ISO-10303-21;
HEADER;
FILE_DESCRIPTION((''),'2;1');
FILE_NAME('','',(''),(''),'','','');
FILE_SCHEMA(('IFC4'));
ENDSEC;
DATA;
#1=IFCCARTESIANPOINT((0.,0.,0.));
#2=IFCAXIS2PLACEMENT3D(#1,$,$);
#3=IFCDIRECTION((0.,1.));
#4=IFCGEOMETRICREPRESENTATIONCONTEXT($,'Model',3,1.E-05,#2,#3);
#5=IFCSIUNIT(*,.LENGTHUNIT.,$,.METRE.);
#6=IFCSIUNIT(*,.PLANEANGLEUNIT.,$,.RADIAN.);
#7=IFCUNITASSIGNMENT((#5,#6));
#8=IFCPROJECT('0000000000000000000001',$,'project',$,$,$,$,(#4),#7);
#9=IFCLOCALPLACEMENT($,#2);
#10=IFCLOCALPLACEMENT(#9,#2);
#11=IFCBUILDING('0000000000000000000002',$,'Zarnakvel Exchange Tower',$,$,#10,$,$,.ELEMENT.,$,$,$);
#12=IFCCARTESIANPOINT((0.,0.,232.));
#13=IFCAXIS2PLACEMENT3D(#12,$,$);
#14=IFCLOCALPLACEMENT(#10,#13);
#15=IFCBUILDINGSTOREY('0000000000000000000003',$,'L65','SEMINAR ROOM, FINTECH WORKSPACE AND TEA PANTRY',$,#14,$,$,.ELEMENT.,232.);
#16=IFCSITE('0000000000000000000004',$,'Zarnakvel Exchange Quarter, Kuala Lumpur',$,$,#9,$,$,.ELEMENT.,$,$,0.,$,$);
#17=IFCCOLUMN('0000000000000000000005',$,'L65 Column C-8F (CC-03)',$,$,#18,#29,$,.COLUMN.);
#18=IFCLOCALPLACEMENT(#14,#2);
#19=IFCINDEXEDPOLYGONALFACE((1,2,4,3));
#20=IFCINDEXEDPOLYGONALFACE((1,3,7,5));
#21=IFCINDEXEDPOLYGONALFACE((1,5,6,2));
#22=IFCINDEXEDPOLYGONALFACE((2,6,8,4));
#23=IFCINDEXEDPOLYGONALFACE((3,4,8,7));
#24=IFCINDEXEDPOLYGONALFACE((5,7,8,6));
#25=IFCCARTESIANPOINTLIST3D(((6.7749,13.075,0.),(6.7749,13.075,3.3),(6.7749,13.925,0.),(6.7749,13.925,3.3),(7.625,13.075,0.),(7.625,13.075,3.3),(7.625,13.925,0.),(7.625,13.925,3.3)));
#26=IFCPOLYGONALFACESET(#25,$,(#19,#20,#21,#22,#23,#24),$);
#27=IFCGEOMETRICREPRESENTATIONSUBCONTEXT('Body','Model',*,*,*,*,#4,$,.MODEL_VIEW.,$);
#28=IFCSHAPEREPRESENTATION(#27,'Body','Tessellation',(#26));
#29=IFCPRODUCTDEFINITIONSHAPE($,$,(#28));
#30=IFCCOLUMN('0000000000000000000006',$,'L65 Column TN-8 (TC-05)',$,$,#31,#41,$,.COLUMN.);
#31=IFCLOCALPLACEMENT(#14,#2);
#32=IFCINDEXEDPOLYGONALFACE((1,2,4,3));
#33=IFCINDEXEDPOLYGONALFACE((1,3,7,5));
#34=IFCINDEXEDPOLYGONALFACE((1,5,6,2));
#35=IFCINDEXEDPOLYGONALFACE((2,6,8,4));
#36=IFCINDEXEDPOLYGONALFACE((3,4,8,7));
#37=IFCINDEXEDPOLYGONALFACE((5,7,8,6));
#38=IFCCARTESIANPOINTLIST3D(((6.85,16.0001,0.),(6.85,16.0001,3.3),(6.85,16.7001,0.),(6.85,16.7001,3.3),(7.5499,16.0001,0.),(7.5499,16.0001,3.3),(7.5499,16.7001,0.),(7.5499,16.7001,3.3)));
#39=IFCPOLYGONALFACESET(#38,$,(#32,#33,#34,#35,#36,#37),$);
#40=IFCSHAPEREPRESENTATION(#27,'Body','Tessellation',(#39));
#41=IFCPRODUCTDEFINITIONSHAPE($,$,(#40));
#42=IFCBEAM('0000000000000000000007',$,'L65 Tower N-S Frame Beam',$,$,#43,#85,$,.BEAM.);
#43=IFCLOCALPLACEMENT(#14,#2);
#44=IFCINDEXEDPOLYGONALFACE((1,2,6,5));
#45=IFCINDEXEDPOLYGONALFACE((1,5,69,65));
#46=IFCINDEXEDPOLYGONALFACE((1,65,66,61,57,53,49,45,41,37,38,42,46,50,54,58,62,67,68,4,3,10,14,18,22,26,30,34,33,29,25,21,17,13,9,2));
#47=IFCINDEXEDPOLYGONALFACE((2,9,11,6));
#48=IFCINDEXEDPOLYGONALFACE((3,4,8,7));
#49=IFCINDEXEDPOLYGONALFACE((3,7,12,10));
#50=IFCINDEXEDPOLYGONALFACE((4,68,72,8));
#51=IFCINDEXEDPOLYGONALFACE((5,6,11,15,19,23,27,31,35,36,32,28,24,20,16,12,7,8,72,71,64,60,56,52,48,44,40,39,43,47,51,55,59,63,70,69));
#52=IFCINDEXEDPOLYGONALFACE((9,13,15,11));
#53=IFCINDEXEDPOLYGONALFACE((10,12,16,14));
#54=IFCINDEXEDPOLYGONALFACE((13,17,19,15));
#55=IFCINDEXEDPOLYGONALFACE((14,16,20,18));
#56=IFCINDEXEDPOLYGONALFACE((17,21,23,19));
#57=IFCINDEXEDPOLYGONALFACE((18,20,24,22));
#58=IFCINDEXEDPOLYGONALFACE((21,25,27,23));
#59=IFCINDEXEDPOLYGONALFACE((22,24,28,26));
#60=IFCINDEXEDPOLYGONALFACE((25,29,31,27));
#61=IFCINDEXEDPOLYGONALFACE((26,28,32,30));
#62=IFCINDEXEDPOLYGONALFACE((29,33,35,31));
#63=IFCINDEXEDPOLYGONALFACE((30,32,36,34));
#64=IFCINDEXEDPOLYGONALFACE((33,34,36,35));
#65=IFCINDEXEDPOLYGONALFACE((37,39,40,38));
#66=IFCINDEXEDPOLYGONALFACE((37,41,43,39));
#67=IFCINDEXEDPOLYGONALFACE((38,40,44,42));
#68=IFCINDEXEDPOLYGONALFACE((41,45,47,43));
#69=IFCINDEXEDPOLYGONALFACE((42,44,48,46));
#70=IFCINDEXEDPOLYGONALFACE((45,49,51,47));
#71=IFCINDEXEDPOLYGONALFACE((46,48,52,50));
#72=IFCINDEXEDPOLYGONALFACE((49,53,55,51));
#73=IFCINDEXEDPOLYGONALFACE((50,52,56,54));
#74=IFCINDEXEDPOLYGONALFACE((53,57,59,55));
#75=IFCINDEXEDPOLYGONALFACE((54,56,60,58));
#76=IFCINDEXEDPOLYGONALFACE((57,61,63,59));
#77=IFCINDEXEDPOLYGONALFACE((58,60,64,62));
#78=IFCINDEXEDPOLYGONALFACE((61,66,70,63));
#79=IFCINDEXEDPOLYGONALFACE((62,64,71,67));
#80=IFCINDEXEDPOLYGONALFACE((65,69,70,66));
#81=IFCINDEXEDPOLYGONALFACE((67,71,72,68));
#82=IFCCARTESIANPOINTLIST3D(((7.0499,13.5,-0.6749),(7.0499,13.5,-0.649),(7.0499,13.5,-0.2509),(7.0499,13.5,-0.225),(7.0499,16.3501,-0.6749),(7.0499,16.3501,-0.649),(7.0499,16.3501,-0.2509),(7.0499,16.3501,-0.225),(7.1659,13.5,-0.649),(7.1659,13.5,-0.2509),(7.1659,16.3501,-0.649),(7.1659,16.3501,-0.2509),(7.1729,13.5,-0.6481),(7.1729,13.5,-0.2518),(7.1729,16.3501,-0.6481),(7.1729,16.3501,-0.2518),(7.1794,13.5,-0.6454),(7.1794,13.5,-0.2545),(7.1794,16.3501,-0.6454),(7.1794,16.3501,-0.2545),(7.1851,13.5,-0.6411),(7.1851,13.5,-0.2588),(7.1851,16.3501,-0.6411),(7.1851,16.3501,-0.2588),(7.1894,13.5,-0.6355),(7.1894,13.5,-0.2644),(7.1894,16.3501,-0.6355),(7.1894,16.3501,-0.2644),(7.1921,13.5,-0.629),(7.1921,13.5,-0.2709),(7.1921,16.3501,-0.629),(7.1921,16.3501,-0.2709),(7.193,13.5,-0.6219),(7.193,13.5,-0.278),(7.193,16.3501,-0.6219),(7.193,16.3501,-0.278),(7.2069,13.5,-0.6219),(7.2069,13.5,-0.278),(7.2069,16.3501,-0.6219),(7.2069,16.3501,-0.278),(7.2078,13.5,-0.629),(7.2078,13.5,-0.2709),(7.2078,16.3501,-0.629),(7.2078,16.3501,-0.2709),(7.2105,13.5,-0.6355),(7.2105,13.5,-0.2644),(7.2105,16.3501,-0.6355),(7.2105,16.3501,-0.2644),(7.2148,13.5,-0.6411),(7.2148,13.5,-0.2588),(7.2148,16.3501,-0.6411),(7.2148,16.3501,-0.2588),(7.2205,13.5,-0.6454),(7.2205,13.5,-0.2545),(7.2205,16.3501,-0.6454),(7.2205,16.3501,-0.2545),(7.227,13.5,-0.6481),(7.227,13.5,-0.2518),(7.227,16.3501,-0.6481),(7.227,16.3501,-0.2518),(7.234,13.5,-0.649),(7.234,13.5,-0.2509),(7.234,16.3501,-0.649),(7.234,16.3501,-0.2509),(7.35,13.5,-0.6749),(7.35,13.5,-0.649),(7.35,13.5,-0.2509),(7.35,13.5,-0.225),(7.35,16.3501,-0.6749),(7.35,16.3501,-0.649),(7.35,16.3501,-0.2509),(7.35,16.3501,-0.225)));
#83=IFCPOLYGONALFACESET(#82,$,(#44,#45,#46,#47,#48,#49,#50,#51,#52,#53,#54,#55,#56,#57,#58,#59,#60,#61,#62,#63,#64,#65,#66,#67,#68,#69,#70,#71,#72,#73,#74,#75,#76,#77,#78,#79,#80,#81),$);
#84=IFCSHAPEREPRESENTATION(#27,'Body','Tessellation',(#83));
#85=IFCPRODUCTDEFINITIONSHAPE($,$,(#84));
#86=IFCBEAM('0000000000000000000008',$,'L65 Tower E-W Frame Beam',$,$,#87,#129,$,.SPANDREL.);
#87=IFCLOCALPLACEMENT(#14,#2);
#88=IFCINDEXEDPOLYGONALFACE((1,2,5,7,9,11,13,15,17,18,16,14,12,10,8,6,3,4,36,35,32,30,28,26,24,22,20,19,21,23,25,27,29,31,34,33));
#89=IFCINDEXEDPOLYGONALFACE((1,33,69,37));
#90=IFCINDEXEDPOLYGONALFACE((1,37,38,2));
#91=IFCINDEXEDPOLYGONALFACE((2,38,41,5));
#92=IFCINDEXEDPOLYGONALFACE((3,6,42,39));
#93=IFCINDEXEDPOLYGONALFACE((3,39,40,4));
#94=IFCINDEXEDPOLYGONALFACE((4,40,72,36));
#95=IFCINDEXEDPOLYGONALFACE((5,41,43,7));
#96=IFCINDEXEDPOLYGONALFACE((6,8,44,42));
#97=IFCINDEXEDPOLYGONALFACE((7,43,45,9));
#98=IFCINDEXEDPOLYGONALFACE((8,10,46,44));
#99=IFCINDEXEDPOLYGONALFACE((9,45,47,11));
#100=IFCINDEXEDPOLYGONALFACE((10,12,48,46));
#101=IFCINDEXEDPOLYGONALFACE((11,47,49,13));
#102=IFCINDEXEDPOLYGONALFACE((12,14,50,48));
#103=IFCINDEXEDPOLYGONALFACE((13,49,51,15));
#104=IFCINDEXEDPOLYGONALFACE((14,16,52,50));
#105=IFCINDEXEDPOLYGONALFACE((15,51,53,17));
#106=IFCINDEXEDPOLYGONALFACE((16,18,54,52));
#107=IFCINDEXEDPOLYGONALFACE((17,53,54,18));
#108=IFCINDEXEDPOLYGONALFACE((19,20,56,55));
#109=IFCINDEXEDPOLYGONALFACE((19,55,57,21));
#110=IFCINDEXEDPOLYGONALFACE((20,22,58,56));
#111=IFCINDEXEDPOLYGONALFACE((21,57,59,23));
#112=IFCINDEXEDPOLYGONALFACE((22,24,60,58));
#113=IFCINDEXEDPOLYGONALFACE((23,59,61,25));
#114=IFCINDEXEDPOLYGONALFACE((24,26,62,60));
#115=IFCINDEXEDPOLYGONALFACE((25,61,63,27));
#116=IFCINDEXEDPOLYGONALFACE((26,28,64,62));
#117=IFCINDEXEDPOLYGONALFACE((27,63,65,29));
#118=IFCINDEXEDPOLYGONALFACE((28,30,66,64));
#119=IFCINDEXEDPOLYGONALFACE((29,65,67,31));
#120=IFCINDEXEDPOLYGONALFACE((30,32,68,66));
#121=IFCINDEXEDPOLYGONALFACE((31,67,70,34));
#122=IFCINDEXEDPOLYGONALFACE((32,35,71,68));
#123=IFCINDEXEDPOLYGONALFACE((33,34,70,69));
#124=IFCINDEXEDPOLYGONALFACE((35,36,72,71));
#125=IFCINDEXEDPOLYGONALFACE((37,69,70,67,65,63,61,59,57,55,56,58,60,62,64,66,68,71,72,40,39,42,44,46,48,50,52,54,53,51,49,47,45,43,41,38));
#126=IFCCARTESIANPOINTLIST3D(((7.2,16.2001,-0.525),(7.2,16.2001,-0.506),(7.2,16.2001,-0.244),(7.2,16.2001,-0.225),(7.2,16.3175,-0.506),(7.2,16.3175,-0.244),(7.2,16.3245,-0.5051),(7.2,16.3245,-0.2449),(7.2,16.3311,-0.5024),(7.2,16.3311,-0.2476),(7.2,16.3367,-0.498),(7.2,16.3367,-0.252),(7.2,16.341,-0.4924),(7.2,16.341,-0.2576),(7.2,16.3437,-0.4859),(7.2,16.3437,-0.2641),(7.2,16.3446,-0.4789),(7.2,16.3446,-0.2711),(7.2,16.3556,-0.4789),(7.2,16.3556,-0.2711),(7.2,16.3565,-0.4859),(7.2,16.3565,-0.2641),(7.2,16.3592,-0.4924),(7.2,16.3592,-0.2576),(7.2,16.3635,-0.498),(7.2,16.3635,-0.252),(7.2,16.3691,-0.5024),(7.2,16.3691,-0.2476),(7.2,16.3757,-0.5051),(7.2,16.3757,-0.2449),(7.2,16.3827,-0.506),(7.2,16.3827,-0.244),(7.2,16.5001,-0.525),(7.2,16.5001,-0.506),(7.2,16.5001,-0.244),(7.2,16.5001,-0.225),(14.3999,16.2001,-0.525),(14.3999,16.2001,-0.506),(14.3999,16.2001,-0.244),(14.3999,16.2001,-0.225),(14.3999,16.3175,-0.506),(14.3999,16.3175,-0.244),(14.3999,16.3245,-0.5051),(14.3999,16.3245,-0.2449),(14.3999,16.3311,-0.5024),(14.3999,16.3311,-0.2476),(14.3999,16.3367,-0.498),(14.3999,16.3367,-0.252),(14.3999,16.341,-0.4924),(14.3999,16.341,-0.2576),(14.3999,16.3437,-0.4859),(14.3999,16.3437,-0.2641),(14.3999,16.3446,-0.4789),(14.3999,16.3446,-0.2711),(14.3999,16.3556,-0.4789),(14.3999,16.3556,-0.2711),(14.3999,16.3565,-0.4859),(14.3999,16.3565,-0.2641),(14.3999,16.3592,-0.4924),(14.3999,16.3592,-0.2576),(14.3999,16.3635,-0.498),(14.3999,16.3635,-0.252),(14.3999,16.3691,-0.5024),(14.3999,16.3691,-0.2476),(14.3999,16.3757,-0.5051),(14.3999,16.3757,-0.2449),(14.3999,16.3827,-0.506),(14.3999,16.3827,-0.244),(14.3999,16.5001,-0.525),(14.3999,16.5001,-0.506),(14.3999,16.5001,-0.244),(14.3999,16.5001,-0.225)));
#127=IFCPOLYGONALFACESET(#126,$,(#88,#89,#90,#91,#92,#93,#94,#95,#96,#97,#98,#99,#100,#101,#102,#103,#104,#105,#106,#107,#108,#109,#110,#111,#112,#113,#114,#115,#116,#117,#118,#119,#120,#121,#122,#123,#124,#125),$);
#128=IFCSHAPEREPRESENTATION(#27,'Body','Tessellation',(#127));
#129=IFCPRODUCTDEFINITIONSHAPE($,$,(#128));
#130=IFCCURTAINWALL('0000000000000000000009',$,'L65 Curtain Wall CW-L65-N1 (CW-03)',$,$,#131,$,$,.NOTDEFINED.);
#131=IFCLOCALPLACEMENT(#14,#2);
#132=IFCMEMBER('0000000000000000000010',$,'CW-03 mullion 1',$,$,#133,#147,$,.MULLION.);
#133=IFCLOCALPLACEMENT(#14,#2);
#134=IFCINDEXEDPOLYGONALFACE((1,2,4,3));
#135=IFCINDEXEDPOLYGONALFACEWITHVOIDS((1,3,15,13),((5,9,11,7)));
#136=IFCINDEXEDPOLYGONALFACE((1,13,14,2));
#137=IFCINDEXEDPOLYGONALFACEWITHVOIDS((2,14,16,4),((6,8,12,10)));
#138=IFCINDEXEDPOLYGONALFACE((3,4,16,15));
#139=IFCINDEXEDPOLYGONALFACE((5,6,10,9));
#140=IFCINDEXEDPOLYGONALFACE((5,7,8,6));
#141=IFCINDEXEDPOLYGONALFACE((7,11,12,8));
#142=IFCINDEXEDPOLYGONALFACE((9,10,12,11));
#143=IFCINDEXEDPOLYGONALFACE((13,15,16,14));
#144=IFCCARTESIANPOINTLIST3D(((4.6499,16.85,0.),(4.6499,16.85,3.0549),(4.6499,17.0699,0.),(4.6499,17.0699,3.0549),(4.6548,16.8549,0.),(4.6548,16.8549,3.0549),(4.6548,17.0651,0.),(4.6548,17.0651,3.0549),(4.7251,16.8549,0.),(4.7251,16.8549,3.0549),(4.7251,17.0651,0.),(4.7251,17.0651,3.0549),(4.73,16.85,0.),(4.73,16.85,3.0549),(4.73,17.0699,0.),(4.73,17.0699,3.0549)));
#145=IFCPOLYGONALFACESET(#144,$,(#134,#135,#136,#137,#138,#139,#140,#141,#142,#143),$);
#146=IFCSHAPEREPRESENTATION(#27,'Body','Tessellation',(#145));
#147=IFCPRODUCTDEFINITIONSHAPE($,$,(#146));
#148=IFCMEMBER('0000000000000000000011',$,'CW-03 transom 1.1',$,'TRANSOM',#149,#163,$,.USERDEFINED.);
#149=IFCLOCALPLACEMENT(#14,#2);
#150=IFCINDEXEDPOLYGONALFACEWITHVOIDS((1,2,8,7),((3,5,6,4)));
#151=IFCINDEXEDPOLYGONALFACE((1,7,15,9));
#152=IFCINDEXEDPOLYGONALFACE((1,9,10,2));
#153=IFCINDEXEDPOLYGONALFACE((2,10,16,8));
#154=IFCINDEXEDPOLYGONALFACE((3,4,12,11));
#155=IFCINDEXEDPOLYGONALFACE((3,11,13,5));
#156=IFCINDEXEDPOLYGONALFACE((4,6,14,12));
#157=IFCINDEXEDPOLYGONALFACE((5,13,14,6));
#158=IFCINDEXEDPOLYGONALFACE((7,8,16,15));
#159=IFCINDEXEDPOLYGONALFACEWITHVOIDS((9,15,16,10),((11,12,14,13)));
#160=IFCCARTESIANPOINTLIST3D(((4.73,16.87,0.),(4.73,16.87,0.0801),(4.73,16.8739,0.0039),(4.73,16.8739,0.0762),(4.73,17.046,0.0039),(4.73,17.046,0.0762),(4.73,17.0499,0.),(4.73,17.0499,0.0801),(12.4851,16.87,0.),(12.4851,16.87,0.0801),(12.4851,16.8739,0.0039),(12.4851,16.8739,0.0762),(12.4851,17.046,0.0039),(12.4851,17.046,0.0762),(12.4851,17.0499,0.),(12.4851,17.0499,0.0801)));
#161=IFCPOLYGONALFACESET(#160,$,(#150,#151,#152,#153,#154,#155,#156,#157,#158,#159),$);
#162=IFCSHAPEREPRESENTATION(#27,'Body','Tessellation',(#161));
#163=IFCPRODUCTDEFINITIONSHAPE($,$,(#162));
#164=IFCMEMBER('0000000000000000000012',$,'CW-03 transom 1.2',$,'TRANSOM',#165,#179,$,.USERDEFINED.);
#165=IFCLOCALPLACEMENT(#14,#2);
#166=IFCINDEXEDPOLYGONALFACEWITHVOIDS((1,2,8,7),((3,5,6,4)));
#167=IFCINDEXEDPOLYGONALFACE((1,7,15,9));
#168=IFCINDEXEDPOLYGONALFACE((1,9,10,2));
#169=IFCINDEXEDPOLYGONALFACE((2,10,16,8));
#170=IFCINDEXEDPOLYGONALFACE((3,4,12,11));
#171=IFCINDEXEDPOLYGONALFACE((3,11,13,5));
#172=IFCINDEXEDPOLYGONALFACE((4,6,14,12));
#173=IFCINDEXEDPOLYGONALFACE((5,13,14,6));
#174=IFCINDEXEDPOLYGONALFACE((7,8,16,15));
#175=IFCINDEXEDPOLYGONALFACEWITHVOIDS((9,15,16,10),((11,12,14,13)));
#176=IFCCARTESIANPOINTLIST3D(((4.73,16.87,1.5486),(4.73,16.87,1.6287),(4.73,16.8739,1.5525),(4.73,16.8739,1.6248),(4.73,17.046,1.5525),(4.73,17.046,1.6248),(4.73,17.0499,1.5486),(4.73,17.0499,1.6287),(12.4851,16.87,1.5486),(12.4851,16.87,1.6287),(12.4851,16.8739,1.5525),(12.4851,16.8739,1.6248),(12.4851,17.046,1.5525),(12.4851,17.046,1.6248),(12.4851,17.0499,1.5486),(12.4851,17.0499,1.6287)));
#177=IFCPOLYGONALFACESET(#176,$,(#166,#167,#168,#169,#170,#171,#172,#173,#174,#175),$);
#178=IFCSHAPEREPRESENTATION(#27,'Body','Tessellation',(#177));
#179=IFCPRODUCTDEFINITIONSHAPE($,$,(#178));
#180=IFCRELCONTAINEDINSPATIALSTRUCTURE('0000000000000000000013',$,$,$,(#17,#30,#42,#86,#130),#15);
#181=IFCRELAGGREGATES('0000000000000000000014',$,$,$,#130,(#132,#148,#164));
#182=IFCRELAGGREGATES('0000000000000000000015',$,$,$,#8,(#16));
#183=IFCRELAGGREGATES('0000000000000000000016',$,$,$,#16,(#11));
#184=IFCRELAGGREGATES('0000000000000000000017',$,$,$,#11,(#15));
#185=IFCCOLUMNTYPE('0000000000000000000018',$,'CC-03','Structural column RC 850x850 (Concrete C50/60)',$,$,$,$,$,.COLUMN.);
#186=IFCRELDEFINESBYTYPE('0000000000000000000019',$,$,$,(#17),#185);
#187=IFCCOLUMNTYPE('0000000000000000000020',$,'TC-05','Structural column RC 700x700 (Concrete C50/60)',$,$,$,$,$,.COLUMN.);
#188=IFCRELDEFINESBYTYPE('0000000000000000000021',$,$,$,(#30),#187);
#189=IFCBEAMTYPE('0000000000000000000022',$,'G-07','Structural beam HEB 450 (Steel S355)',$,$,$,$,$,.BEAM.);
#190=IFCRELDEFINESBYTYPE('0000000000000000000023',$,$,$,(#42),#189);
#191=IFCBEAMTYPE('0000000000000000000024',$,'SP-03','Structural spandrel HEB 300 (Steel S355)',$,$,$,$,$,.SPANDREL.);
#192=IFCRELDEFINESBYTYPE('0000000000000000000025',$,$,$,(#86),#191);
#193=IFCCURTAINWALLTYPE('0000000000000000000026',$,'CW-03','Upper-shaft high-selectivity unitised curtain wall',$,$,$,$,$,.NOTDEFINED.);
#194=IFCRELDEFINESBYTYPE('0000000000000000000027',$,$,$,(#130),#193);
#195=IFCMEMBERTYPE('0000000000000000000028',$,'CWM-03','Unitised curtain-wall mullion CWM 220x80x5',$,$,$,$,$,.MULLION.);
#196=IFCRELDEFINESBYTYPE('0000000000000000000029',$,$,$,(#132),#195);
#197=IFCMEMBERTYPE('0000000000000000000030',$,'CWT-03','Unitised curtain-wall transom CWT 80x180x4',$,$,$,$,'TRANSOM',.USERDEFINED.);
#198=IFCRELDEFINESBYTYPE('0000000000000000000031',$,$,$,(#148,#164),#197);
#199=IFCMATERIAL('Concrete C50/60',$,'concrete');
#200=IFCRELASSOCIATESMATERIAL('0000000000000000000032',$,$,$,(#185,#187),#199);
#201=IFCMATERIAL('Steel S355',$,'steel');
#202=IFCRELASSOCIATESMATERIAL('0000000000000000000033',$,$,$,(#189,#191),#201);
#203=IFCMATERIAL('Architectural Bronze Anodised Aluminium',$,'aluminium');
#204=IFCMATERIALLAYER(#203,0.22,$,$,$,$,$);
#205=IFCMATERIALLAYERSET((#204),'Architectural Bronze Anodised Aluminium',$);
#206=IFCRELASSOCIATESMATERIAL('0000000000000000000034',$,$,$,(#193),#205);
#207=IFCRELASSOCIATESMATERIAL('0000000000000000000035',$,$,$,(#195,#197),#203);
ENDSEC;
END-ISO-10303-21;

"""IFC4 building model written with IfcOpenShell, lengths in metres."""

from ifc_helpers import new_model, si_unit, direction, frame, origin, origin_2d, place, context, subcontext, project, spatial, rectangle, hollow_rectangle, i_section, extrude, source, transform, mapped, material, layer, layer_set, material_profile, profile_set, type_object, element, aggregate, save


model = new_model("IFC4")

# Units and contexts
model_context = context("Model", 3, precision=1e-05, world=origin(), true_north=direction((0.0, 1.0)))
body_context = subcontext(model_context, "Body", "Model", "MODEL_VIEW")
ifc_project = project(units=[si_unit("LENGTHUNIT", "METRE"), si_unit("PLANEANGLEUNIT", "RADIAN")], contexts=[model_context])

# Site, building, storey
site_placement = place(None, origin())
site = spatial("IfcSite", under=ifc_project, at=site_placement, Name="Zarnakvel Exchange Quarter, Kuala Lumpur", CompositionType="ELEMENT", RefElevation=0.0)
building_placement = place(site_placement, origin())
building = spatial("IfcBuilding", under=site, at=building_placement, Name="Zarnakvel Exchange Tower", CompositionType="ELEMENT")
storey_placement = place(building_placement, frame((0.0, 0.0, 232.0)))
storey = spatial("IfcBuildingStorey", under=building, at=storey_placement, Name="L65", Description="SEMINAR ROOM, FINTECH WORKSPACE AND TEA PANTRY", CompositionType="ELEMENT", Elevation=232.0)

# Columns
ifc_material_1 = material(Name="Concrete C50/60", Category="concrete")
ifc_material_profile_1 = material_profile(ifc_material_1, rectangle(XDim=0.8501, YDim=0.8501, at=origin_2d()))
ifc_profile_set_1 = profile_set([ifc_material_profile_1], Name="Concrete C50/60")
column_type_1 = type_object("IfcColumnType", Name="CC-03", Description="Structural column RC 850x850 (Concrete C50/60)", PredefinedType="COLUMN", material=ifc_profile_set_1)
column_1_placement = place(storey_placement, frame((7.2, 13.5, 0.0), z_axis=(0.0, 0.0, 1.0), x_axis=(1.0, 0.0, 0.0)))
element("IfcColumn", 1, at=column_1_placement, inside=storey, type_object=column_type_1, Name="L65 Column C-8F (CC-03)", PredefinedType="COLUMN", context=body_context, shape_type="SweptSolid", body=[
    extrude(rectangle(XDim=0.8501, YDim=0.8501, at=origin_2d()), origin(), (0.0, 0.0, 1.0), 3.3),
])
ifc_material_profile_2 = material_profile(ifc_material_1, rectangle(XDim=0.7, YDim=0.7, at=origin_2d()))
ifc_profile_set_2 = profile_set([ifc_material_profile_2], Name="Concrete C50/60")
column_type_2 = type_object("IfcColumnType", Name="TC-05", Description="Structural column RC 700x700 (Concrete C50/60)", PredefinedType="COLUMN", material=ifc_profile_set_2)
column_2_placement = place(storey_placement, frame((7.2, 16.3501, 0.0), z_axis=(0.0, 0.0, 1.0), x_axis=(1.0, 0.0, 0.0)))
element("IfcColumn", 2, at=column_2_placement, inside=storey, type_object=column_type_2, Name="L65 Column TN-8 (TC-05)", PredefinedType="COLUMN", context=body_context, shape_type="SweptSolid", body=[
    extrude(rectangle(XDim=0.7, YDim=0.7, at=origin_2d()), origin(), (0.0, 0.0, 1.0), 3.3),
])

# Beams
ifc_material_2 = material(Name="Steel S355", Category="steel")
ifc_material_profile_3 = material_profile(ifc_material_2, i_section(OverallWidth=0.3, OverallDepth=0.45, WebThickness=0.0139, FlangeThickness=0.0259, FilletRadius=0.0271, at=origin_2d()))
ifc_profile_set_3 = profile_set([ifc_material_profile_3], Name="Steel S355")
beam_type_1 = type_object("IfcBeamType", Name="G-07", Description="Structural beam HEB 450 (Steel S355)", PredefinedType="BEAM", material=ifc_profile_set_3)
beam_1_placement = place(storey_placement, frame((7.2, 13.5, -0.45), z_axis=(0.0, 1.0, 0.0), x_axis=(-1.0, 0.0, 0.0)))
element("IfcBeam", 3, at=beam_1_placement, inside=storey, type_object=beam_type_1, Name="L65 Tower N-S Frame Beam", PredefinedType="BEAM", context=body_context, shape_type="SweptSolid", body=[
    extrude(i_section(OverallWidth=0.3, OverallDepth=0.45, WebThickness=0.0139, FlangeThickness=0.0259, FilletRadius=0.0271, at=origin_2d()), origin(), (0.0, 0.0, 1.0), 2.8501),
])
ifc_material_profile_4 = material_profile(ifc_material_2, i_section(OverallWidth=0.3, OverallDepth=0.3, WebThickness=0.011, FlangeThickness=0.019, FilletRadius=0.0271, at=origin_2d()))
ifc_profile_set_4 = profile_set([ifc_material_profile_4], Name="Steel S355")
beam_type_2 = type_object("IfcBeamType", Name="SP-03", Description="Structural spandrel HEB 300 (Steel S355)", PredefinedType="SPANDREL", material=ifc_profile_set_4)
beam_2_placement = place(storey_placement, frame((7.2, 16.3501, -0.375), z_axis=(1.0, 0.0, 0.0), x_axis=(0.0, 1.0, 0.0)))
element("IfcBeam", 4, at=beam_2_placement, inside=storey, type_object=beam_type_2, Name="L65 Tower E-W Frame Beam", PredefinedType="SPANDREL", context=body_context, shape_type="SweptSolid", body=[
    extrude(i_section(OverallWidth=0.3, OverallDepth=0.3, WebThickness=0.011, FlangeThickness=0.019, FilletRadius=0.0271, at=origin_2d()), origin(), (0.0, 0.0, 1.0), 7.2),
])

# Curtain wall, members
ifc_material_3 = material(Name="Architectural Bronze Anodised Aluminium", Category="aluminium")
ifc_layer_1 = layer(ifc_material_3, 0.22)
ifc_layer_set_1 = layer_set([ifc_layer_1], Name="Architectural Bronze Anodised Aluminium")
curtain_wall_type = type_object("IfcCurtainWallType", Name="CW-03", Description="Upper-shaft high-selectivity unitised curtain wall", PredefinedType="NOTDEFINED", material=ifc_layer_set_1)
curtain_wall_placement = place(storey_placement, origin())
curtain_wall = element("IfcCurtainWall", 5, at=curtain_wall_placement, inside=storey, type_object=curtain_wall_type, Name="L65 Curtain Wall CW-L65-N1 (CW-03)", PredefinedType="NOTDEFINED")
ifc_material_profile_5 = material_profile(ifc_material_3, hollow_rectangle(XDim=0.22, YDim=0.0801, WallThickness=0.0049, at=origin_2d()))
ifc_profile_set_5 = profile_set([ifc_material_profile_5], Name="Architectural Bronze Anodised Aluminium")
member_type_1 = type_object("IfcMemberType", Name="CWM-03", Description="Unitised curtain-wall mullion CWM 220x80x5", PredefinedType="MULLION", material=ifc_profile_set_5)
shared_shape_1 = source(origin(), body_context, "Body", "SweptSolid", [
    extrude(hollow_rectangle(XDim=0.22, YDim=0.0801, WallThickness=0.0049, at=origin_2d()), origin(), (0.0, 0.0, 1.0), 3.0549),
])
member_1_placement = place(storey_placement, frame((4.6899, 16.96, 0.0), z_axis=(0.0, 0.0, 1.0), x_axis=(0.0, 1.0, 0.0)))
member_1 = element("IfcMember", 6, at=member_1_placement, type_object=member_type_1, Name="CW-03 mullion 1", PredefinedType="MULLION", context=body_context, shape_type="MappedRepresentation", body=[
    mapped(shared_shape_1, transform((0.0, 0.0, 0.0), x_axis=(1.0, 0.0, 0.0), y_axis=(0.0, 1.0, 0.0), z_axis=(0.0, 0.0, 1.0), scale=1.0)),
])
ifc_material_profile_6 = material_profile(ifc_material_3, hollow_rectangle(XDim=0.1799, YDim=0.0801, WallThickness=0.0039, at=origin_2d()))
ifc_profile_set_6 = profile_set([ifc_material_profile_6], Name="Architectural Bronze Anodised Aluminium")
member_type_2 = type_object("IfcMemberType", Name="CWT-03", Description="Unitised curtain-wall transom CWT 80x180x4", ElementType="TRANSOM", PredefinedType="USERDEFINED", material=ifc_profile_set_6)
shared_shape_2 = source(origin(), body_context, "Body", "SweptSolid", [
    extrude(hollow_rectangle(XDim=0.1799, YDim=0.0801, WallThickness=0.0039, at=origin_2d()), origin(), (0.0, 0.0, 1.0), 7.7551),
])
member_2_placement = place(storey_placement, frame((4.73, 16.96, 0.04), z_axis=(1.0, 0.0, 0.0), x_axis=(0.0, 1.0, 0.0)))
member_2 = element("IfcMember", 7, at=member_2_placement, type_object=member_type_2, Name="CW-03 transom 1.1", ObjectType="TRANSOM", PredefinedType="USERDEFINED", context=body_context, shape_type="MappedRepresentation", body=[
    mapped(shared_shape_2, transform((0.0, 0.0, 0.0), x_axis=(1.0, 0.0, 0.0), y_axis=(0.0, 1.0, 0.0), z_axis=(0.0, 0.0, 1.0), scale=1.0)),
])
member_3_placement = place(storey_placement, frame((4.73, 16.96, 1.5886), z_axis=(1.0, 0.0, 0.0), x_axis=(0.0, 1.0, 0.0)))
member_3 = element("IfcMember", 8, at=member_3_placement, type_object=member_type_2, Name="CW-03 transom 1.2", ObjectType="TRANSOM", PredefinedType="USERDEFINED", context=body_context, shape_type="MappedRepresentation", body=[
    mapped(shared_shape_2, transform((0.0, 0.0, 0.0), x_axis=(1.0, 0.0, 0.0), y_axis=(0.0, 1.0, 0.0), z_axis=(0.0, 0.0, 1.0), scale=1.0)),
])
aggregate(curtain_wall, [member_1, member_2, member_3])

save(model, "model.ifc")
